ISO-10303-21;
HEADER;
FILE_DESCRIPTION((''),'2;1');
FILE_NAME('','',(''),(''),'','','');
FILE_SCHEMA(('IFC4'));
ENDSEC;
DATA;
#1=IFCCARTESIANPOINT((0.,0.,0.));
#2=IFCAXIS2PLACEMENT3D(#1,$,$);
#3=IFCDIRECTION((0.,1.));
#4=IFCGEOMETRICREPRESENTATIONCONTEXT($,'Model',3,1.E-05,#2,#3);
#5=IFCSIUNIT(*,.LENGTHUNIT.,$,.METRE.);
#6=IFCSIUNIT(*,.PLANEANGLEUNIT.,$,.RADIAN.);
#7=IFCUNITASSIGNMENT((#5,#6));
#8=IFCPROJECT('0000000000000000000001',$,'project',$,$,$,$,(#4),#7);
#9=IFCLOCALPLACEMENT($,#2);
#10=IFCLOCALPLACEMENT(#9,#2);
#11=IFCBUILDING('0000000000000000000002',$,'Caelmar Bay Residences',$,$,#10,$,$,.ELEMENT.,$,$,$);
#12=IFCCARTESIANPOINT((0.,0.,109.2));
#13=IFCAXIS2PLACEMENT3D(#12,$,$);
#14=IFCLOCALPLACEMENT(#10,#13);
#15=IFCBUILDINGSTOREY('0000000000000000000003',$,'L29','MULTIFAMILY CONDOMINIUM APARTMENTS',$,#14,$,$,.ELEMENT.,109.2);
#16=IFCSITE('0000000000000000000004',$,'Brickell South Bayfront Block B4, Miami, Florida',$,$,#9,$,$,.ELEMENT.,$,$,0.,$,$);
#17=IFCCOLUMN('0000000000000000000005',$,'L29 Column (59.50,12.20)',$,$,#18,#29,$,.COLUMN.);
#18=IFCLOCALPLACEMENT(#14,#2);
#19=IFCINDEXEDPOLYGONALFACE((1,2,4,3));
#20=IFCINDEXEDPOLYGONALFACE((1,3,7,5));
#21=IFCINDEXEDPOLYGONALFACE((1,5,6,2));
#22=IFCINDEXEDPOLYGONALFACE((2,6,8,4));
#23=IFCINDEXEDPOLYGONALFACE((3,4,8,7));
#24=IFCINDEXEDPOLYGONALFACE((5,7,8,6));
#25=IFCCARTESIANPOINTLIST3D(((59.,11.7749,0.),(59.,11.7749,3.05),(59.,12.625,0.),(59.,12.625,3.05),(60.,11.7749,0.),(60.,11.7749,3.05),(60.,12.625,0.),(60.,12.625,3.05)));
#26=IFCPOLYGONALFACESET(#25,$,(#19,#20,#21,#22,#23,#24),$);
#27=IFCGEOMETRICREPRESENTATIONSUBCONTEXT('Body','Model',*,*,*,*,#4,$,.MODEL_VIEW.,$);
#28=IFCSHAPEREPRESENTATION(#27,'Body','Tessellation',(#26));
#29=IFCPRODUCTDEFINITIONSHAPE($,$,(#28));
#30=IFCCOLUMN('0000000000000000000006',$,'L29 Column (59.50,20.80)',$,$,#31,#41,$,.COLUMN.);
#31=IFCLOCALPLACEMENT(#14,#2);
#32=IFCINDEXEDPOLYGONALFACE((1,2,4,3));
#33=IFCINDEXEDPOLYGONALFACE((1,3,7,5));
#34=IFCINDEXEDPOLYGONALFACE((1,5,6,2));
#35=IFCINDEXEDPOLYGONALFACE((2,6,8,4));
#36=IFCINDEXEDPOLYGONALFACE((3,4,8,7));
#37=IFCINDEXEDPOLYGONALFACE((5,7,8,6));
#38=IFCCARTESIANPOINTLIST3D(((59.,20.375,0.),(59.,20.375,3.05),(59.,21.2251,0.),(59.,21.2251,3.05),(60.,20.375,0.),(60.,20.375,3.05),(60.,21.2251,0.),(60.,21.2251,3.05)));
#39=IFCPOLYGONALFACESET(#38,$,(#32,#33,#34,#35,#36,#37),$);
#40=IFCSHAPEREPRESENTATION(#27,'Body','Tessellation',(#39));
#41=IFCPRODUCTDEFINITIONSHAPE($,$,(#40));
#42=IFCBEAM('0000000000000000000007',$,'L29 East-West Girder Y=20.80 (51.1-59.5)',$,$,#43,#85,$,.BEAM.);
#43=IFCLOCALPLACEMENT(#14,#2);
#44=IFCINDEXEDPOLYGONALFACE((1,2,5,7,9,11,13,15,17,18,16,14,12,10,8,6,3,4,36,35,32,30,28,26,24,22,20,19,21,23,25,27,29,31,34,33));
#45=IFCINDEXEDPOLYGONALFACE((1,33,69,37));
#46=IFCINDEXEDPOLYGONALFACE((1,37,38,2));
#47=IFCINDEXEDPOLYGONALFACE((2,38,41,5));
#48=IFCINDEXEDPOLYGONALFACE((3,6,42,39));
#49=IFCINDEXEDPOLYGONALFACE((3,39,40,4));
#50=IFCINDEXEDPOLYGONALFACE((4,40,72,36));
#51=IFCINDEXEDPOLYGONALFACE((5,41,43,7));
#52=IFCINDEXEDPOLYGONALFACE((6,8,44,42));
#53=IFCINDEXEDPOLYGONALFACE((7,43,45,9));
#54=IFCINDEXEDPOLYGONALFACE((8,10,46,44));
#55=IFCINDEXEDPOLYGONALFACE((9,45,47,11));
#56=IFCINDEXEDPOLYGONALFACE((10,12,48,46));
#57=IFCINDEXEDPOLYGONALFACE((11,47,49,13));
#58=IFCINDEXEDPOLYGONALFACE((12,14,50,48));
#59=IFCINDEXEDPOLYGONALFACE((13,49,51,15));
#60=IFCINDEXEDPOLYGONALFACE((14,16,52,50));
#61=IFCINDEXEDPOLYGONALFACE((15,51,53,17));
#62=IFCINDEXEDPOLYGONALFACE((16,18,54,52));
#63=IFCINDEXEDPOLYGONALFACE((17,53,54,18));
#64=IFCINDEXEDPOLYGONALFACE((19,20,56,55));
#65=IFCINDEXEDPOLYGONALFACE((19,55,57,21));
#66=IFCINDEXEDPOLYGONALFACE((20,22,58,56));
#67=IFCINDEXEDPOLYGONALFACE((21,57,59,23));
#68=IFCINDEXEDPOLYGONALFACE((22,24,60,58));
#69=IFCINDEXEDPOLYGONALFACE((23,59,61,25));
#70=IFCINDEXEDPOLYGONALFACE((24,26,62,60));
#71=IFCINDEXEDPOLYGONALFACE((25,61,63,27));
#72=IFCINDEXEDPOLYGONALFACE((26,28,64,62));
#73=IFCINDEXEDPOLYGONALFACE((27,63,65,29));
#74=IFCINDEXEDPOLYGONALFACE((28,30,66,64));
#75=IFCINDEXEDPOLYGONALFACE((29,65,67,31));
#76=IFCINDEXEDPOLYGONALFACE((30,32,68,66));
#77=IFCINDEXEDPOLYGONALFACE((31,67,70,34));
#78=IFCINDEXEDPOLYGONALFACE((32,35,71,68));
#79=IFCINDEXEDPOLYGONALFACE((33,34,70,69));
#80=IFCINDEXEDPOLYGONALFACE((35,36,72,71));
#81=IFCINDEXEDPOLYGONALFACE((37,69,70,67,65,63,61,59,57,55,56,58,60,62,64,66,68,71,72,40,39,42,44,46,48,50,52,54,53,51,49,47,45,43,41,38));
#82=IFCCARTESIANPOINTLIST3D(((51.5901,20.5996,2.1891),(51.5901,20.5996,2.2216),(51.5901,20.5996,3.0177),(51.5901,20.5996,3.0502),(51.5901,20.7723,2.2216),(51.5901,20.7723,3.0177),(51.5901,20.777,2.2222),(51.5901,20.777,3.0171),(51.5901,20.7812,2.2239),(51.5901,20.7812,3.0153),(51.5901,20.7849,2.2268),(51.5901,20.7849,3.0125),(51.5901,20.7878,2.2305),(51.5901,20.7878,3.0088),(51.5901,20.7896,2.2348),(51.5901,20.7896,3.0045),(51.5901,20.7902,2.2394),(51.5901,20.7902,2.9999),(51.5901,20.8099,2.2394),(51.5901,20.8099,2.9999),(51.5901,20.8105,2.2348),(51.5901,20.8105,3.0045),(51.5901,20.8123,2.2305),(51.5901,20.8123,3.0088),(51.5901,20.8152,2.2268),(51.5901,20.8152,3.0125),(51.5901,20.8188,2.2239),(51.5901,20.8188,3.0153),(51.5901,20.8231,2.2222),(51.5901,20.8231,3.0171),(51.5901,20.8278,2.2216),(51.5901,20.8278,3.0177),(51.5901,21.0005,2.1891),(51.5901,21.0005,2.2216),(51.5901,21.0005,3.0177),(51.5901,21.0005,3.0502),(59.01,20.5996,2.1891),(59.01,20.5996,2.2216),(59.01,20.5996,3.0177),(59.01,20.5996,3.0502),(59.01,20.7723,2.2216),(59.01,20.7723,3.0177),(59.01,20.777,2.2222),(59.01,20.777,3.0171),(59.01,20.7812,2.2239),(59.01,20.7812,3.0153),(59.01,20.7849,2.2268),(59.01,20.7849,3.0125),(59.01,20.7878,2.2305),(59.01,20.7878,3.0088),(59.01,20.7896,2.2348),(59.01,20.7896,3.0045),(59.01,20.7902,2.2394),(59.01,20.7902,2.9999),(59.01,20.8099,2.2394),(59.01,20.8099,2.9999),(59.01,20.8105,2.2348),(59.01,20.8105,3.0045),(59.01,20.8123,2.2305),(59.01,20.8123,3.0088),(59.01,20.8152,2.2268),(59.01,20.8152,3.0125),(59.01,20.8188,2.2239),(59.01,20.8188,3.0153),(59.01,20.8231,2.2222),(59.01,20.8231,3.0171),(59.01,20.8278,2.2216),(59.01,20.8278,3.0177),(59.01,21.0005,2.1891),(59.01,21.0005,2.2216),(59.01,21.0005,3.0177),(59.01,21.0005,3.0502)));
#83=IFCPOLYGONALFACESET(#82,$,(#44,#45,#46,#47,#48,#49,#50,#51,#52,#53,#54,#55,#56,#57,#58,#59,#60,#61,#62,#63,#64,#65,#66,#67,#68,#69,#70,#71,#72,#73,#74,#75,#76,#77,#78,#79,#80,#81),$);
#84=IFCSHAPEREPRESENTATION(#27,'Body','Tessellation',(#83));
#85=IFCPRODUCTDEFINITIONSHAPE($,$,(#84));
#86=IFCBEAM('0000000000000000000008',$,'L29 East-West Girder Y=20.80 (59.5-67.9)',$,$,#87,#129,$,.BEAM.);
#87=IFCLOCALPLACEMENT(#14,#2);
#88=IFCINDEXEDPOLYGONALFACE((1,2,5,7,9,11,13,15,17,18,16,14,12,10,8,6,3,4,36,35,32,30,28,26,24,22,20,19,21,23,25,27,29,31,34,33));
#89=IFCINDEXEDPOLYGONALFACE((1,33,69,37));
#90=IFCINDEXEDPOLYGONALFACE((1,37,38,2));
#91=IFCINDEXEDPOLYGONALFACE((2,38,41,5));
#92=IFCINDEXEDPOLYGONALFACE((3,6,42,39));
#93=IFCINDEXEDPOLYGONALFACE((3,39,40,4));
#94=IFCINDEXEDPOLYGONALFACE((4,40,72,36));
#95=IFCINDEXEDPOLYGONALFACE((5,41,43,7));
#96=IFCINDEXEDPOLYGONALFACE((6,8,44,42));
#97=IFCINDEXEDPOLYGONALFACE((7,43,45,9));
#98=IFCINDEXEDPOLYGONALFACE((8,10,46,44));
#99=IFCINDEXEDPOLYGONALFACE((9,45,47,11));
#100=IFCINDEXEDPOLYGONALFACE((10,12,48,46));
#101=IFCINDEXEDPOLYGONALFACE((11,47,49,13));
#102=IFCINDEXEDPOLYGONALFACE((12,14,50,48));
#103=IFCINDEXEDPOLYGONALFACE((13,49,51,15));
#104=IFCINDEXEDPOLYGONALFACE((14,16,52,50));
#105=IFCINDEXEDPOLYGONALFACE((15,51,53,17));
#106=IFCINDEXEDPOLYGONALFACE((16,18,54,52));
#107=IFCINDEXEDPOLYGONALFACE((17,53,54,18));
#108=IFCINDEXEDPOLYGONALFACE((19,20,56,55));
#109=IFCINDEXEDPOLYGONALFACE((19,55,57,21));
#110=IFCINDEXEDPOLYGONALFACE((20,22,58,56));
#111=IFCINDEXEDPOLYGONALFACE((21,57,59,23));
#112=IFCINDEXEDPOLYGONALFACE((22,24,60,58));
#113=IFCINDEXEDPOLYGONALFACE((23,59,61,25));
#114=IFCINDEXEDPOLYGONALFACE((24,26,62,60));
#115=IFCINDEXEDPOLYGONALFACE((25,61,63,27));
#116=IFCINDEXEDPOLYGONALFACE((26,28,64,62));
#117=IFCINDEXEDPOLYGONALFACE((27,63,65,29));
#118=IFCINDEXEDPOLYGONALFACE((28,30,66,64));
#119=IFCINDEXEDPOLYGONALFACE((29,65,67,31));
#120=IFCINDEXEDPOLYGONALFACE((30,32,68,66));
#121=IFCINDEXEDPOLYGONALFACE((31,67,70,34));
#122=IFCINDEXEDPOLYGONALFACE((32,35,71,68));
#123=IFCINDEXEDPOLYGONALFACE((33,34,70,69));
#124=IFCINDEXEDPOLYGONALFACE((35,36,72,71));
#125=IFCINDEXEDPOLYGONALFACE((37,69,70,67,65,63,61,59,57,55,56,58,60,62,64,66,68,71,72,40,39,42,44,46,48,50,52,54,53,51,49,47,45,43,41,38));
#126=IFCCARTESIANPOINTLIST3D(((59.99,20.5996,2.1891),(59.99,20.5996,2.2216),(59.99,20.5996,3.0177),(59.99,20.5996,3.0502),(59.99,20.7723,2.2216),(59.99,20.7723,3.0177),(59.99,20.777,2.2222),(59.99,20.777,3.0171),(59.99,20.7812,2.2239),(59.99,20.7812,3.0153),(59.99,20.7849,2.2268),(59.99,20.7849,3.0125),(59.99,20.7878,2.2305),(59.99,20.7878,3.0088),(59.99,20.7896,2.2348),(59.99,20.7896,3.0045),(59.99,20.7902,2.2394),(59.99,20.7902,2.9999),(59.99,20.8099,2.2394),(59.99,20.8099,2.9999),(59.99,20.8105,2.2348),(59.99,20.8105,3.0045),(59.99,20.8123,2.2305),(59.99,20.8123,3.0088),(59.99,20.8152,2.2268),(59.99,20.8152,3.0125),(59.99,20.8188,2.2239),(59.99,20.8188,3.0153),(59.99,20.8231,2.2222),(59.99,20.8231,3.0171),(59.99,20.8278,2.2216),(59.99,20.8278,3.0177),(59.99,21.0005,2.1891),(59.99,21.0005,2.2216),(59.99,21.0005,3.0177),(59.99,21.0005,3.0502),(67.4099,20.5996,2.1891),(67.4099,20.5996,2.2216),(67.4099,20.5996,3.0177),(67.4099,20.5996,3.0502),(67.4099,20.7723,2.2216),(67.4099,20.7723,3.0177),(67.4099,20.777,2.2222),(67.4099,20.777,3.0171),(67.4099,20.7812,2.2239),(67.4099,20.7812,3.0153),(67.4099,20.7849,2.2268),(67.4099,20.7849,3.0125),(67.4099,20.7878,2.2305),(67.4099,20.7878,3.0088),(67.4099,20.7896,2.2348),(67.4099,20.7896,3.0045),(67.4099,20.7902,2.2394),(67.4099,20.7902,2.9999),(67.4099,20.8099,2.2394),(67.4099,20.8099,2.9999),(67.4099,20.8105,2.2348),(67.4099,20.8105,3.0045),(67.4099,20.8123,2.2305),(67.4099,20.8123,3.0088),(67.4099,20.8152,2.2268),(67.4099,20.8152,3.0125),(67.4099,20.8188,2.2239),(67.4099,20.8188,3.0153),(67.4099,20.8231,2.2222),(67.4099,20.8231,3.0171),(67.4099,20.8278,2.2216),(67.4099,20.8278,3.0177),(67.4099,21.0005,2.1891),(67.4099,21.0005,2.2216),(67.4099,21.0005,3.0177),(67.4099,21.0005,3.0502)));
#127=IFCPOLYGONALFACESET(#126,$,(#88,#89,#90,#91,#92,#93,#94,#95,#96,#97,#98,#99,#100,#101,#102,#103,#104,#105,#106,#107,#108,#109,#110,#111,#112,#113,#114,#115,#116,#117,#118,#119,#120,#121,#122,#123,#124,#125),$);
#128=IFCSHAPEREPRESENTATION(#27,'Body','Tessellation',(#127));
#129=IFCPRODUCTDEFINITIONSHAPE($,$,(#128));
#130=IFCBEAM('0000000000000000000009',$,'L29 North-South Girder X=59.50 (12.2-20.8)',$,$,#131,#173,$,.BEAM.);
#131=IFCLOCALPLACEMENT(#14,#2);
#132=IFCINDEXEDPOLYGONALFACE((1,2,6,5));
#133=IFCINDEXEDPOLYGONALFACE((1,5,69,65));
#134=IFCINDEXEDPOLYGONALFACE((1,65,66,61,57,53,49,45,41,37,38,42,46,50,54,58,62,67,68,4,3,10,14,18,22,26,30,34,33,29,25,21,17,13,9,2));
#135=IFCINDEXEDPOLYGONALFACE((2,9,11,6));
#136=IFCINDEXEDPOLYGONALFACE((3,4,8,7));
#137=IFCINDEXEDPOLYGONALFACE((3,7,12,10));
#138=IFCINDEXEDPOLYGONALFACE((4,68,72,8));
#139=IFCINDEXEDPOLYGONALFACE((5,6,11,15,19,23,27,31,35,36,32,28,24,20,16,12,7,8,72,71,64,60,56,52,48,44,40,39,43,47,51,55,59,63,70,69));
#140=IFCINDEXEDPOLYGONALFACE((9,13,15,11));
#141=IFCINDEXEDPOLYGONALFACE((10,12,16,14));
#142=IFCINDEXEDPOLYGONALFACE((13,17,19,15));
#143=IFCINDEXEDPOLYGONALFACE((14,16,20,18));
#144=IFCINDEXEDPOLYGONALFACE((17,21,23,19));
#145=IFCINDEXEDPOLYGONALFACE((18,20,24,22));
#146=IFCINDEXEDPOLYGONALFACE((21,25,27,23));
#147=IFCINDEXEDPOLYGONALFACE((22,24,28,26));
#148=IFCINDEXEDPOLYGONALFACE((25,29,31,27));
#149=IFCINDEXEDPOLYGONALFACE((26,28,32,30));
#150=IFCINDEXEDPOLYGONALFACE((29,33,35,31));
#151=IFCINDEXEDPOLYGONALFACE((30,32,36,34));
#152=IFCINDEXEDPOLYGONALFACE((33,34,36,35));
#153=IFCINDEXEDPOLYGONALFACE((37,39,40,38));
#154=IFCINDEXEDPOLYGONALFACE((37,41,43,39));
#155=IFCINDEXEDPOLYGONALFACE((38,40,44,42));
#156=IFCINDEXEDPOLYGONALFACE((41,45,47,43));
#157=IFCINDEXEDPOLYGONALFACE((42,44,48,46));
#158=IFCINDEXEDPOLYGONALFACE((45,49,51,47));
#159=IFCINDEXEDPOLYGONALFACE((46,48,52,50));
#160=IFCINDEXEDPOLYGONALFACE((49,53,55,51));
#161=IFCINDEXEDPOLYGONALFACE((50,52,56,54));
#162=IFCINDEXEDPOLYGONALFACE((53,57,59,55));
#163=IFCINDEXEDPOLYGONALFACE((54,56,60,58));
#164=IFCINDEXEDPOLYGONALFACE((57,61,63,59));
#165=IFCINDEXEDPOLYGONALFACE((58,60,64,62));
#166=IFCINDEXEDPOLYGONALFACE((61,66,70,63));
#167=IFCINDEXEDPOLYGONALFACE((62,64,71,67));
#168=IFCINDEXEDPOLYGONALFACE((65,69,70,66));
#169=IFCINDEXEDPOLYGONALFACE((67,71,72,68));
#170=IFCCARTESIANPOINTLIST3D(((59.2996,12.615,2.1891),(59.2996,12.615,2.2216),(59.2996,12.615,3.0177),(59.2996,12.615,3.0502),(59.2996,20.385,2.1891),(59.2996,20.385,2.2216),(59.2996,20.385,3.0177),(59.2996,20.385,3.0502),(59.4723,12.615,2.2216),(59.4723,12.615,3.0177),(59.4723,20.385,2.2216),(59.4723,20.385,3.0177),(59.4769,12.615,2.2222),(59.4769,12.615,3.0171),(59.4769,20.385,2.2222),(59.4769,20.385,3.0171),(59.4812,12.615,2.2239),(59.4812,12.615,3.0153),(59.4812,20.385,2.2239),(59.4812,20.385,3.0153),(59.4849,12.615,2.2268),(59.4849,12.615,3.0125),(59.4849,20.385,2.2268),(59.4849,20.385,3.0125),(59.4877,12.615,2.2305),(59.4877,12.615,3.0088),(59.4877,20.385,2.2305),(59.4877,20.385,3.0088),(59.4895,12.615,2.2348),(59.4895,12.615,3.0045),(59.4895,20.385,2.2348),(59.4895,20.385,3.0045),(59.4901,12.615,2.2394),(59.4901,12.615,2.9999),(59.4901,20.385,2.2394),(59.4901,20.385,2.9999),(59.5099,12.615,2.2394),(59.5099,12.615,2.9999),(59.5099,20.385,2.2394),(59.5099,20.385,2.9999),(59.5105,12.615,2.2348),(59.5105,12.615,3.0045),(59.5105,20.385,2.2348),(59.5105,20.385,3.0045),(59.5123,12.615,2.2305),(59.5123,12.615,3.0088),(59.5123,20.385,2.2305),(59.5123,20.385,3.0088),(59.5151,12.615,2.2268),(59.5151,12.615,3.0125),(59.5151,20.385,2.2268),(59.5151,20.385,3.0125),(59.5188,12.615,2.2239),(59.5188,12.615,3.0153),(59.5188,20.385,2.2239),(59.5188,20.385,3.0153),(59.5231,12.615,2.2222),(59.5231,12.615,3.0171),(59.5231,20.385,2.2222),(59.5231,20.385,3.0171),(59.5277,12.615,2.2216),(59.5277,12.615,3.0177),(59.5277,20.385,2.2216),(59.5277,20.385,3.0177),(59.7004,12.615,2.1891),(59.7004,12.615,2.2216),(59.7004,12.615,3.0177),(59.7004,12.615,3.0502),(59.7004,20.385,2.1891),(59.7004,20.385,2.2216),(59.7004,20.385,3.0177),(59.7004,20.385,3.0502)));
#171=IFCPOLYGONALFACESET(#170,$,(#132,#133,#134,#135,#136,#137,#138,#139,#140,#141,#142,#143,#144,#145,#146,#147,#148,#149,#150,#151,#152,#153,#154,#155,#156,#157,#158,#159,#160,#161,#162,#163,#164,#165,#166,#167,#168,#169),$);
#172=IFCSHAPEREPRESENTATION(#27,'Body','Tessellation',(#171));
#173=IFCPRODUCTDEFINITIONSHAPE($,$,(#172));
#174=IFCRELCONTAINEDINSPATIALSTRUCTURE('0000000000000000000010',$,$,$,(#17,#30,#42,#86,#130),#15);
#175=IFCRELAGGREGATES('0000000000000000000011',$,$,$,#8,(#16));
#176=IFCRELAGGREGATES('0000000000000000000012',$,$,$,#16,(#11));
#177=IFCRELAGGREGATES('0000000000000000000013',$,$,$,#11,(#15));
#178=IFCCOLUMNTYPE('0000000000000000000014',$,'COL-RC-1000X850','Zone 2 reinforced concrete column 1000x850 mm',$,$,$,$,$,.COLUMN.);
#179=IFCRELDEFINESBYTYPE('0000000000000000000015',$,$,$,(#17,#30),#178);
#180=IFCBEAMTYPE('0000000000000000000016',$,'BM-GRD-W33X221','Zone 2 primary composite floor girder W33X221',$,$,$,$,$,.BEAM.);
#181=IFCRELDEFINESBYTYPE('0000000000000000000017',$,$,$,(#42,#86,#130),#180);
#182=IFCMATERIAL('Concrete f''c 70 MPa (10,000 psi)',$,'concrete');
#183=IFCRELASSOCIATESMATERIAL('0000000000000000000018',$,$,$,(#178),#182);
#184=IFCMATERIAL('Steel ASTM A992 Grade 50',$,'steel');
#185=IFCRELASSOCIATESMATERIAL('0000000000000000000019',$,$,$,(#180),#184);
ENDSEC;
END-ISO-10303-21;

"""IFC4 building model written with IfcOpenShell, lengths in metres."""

from ifc_helpers import new_model, si_unit, direction, frame, origin, origin_2d, place, context, subcontext, project, spatial, rectangle, i_section, extrude, material, material_profile, profile_set, type_object, element, save


model = new_model("IFC4")

# Units and contexts
model_context = context("Model", 3, precision=1e-05, world=origin(), true_north=direction((0.0, 1.0)))
body_context = subcontext(model_context, "Body", "Model", "MODEL_VIEW")
ifc_project = project(units=[si_unit("LENGTHUNIT", "METRE"), si_unit("PLANEANGLEUNIT", "RADIAN")], contexts=[model_context])

# Site, building, storey
site_placement = place(None, origin())
site = spatial("IfcSite", under=ifc_project, at=site_placement, Name="Brickell South Bayfront Block B4, Miami, Florida", CompositionType="ELEMENT", RefElevation=0.0)
building_placement = place(site_placement, origin())
building = spatial("IfcBuilding", under=site, at=building_placement, Name="Caelmar Bay Residences", CompositionType="ELEMENT")
storey_placement = place(building_placement, frame((0.0, 0.0, 109.2)))
storey = spatial("IfcBuildingStorey", under=building, at=storey_placement, Name="L29", Description="MULTIFAMILY CONDOMINIUM APARTMENTS", CompositionType="ELEMENT", Elevation=109.2)

# Columns
ifc_material_1 = material(Name="Concrete f'c 70 MPa (10,000 psi)", Category="concrete")
ifc_material_profile_1 = material_profile(ifc_material_1, rectangle(XDim=1.0, YDim=0.8501, at=origin_2d()), Name="RC-COL-1000X850")
ifc_profile_set_1 = profile_set([ifc_material_profile_1], Name="Concrete f'c 70 MPa (10,000 psi)")
column_type = type_object("IfcColumnType", Name="COL-RC-1000X850", Description="Zone 2 reinforced concrete column 1000x850 mm", PredefinedType="COLUMN", material=ifc_profile_set_1)
for number, where, z_axis, x_axis, name in (
    (1, (59.5, 12.2, 0.0), (0.0, 0.0, 1.0), (1.0, 0.0, 0.0), "L29 Column (59.50,12.20)"),
    (2, (59.5, 20.8, 0.0), (0.0, 0.0, 1.0), (1.0, 0.0, 0.0), "L29 Column (59.50,20.80)"),
):
    element("IfcColumn", number, at=place(storey_placement, frame(where, z_axis=z_axis, x_axis=x_axis)), inside=storey, type_object=column_type, Name=name, PredefinedType="COLUMN", context=body_context, shape_type="SweptSolid", body=[
        extrude(rectangle(XDim=1.0, YDim=0.8501, at=origin_2d()), origin(), (0.0, 0.0, 1.0), 3.05),
    ])

# Beams
ifc_material_2 = material(Name="Steel ASTM A992 Grade 50", Category="steel")
ifc_material_profile_2 = material_profile(ifc_material_2, i_section(OverallWidth=0.4009, OverallDepth=0.8611, WebThickness=0.0198, FlangeThickness=0.0325, FilletRadius=0.0178, at=origin_2d()), Name="W33X221")
ifc_profile_set_2 = profile_set([ifc_material_profile_2], Name="Steel ASTM A992 Grade 50")
beam_type_1 = type_object("IfcBeamType", Name="BM-GRD-W33X221", Description="Zone 2 primary composite floor girder W33X221", PredefinedType="BEAM", material=ifc_profile_set_2)
for number, where, z_axis, x_axis, name in (
    (3, (51.5901, 20.8, 2.6196), (1.0, 0.0, 0.0), (0.0, 1.0, 0.0), "L29 East-West Girder Y=20.80 (51.1-59.5)"),
    (4, (59.99, 20.8, 2.6196), (1.0, 0.0, 0.0), (0.0, 1.0, 0.0), "L29 East-West Girder Y=20.80 (59.5-67.9)"),
):
    element("IfcBeam", number, at=place(storey_placement, frame(where, z_axis=z_axis, x_axis=x_axis)), inside=storey, type_object=beam_type_1, Name=name, PredefinedType="BEAM", context=body_context, shape_type="SweptSolid", body=[
        extrude(i_section(OverallWidth=0.4009, OverallDepth=0.8611, WebThickness=0.0198, FlangeThickness=0.0325, FilletRadius=0.0178, at=origin_2d()), origin(), (0.0, 0.0, 1.0), 7.4199),
    ])
for number, where, z_axis, x_axis, name in (
    (5, (59.5, 12.615, 2.6196), (0.0, 1.0, 0.0), (-1.0, 0.0, 0.0), "L29 North-South Girder X=59.50 (12.2-20.8)"),
):
    element("IfcBeam", number, at=place(storey_placement, frame(where, z_axis=z_axis, x_axis=x_axis)), inside=storey, type_object=beam_type_1, Name=name, PredefinedType="BEAM", context=body_context, shape_type="SweptSolid", body=[
        extrude(i_section(OverallWidth=0.4009, OverallDepth=0.8611, WebThickness=0.0198, FlangeThickness=0.0325, FilletRadius=0.0178, at=origin_2d()), origin(), (0.0, 0.0, 1.0), 7.77),
    ])

save(model, "model.ifc")
